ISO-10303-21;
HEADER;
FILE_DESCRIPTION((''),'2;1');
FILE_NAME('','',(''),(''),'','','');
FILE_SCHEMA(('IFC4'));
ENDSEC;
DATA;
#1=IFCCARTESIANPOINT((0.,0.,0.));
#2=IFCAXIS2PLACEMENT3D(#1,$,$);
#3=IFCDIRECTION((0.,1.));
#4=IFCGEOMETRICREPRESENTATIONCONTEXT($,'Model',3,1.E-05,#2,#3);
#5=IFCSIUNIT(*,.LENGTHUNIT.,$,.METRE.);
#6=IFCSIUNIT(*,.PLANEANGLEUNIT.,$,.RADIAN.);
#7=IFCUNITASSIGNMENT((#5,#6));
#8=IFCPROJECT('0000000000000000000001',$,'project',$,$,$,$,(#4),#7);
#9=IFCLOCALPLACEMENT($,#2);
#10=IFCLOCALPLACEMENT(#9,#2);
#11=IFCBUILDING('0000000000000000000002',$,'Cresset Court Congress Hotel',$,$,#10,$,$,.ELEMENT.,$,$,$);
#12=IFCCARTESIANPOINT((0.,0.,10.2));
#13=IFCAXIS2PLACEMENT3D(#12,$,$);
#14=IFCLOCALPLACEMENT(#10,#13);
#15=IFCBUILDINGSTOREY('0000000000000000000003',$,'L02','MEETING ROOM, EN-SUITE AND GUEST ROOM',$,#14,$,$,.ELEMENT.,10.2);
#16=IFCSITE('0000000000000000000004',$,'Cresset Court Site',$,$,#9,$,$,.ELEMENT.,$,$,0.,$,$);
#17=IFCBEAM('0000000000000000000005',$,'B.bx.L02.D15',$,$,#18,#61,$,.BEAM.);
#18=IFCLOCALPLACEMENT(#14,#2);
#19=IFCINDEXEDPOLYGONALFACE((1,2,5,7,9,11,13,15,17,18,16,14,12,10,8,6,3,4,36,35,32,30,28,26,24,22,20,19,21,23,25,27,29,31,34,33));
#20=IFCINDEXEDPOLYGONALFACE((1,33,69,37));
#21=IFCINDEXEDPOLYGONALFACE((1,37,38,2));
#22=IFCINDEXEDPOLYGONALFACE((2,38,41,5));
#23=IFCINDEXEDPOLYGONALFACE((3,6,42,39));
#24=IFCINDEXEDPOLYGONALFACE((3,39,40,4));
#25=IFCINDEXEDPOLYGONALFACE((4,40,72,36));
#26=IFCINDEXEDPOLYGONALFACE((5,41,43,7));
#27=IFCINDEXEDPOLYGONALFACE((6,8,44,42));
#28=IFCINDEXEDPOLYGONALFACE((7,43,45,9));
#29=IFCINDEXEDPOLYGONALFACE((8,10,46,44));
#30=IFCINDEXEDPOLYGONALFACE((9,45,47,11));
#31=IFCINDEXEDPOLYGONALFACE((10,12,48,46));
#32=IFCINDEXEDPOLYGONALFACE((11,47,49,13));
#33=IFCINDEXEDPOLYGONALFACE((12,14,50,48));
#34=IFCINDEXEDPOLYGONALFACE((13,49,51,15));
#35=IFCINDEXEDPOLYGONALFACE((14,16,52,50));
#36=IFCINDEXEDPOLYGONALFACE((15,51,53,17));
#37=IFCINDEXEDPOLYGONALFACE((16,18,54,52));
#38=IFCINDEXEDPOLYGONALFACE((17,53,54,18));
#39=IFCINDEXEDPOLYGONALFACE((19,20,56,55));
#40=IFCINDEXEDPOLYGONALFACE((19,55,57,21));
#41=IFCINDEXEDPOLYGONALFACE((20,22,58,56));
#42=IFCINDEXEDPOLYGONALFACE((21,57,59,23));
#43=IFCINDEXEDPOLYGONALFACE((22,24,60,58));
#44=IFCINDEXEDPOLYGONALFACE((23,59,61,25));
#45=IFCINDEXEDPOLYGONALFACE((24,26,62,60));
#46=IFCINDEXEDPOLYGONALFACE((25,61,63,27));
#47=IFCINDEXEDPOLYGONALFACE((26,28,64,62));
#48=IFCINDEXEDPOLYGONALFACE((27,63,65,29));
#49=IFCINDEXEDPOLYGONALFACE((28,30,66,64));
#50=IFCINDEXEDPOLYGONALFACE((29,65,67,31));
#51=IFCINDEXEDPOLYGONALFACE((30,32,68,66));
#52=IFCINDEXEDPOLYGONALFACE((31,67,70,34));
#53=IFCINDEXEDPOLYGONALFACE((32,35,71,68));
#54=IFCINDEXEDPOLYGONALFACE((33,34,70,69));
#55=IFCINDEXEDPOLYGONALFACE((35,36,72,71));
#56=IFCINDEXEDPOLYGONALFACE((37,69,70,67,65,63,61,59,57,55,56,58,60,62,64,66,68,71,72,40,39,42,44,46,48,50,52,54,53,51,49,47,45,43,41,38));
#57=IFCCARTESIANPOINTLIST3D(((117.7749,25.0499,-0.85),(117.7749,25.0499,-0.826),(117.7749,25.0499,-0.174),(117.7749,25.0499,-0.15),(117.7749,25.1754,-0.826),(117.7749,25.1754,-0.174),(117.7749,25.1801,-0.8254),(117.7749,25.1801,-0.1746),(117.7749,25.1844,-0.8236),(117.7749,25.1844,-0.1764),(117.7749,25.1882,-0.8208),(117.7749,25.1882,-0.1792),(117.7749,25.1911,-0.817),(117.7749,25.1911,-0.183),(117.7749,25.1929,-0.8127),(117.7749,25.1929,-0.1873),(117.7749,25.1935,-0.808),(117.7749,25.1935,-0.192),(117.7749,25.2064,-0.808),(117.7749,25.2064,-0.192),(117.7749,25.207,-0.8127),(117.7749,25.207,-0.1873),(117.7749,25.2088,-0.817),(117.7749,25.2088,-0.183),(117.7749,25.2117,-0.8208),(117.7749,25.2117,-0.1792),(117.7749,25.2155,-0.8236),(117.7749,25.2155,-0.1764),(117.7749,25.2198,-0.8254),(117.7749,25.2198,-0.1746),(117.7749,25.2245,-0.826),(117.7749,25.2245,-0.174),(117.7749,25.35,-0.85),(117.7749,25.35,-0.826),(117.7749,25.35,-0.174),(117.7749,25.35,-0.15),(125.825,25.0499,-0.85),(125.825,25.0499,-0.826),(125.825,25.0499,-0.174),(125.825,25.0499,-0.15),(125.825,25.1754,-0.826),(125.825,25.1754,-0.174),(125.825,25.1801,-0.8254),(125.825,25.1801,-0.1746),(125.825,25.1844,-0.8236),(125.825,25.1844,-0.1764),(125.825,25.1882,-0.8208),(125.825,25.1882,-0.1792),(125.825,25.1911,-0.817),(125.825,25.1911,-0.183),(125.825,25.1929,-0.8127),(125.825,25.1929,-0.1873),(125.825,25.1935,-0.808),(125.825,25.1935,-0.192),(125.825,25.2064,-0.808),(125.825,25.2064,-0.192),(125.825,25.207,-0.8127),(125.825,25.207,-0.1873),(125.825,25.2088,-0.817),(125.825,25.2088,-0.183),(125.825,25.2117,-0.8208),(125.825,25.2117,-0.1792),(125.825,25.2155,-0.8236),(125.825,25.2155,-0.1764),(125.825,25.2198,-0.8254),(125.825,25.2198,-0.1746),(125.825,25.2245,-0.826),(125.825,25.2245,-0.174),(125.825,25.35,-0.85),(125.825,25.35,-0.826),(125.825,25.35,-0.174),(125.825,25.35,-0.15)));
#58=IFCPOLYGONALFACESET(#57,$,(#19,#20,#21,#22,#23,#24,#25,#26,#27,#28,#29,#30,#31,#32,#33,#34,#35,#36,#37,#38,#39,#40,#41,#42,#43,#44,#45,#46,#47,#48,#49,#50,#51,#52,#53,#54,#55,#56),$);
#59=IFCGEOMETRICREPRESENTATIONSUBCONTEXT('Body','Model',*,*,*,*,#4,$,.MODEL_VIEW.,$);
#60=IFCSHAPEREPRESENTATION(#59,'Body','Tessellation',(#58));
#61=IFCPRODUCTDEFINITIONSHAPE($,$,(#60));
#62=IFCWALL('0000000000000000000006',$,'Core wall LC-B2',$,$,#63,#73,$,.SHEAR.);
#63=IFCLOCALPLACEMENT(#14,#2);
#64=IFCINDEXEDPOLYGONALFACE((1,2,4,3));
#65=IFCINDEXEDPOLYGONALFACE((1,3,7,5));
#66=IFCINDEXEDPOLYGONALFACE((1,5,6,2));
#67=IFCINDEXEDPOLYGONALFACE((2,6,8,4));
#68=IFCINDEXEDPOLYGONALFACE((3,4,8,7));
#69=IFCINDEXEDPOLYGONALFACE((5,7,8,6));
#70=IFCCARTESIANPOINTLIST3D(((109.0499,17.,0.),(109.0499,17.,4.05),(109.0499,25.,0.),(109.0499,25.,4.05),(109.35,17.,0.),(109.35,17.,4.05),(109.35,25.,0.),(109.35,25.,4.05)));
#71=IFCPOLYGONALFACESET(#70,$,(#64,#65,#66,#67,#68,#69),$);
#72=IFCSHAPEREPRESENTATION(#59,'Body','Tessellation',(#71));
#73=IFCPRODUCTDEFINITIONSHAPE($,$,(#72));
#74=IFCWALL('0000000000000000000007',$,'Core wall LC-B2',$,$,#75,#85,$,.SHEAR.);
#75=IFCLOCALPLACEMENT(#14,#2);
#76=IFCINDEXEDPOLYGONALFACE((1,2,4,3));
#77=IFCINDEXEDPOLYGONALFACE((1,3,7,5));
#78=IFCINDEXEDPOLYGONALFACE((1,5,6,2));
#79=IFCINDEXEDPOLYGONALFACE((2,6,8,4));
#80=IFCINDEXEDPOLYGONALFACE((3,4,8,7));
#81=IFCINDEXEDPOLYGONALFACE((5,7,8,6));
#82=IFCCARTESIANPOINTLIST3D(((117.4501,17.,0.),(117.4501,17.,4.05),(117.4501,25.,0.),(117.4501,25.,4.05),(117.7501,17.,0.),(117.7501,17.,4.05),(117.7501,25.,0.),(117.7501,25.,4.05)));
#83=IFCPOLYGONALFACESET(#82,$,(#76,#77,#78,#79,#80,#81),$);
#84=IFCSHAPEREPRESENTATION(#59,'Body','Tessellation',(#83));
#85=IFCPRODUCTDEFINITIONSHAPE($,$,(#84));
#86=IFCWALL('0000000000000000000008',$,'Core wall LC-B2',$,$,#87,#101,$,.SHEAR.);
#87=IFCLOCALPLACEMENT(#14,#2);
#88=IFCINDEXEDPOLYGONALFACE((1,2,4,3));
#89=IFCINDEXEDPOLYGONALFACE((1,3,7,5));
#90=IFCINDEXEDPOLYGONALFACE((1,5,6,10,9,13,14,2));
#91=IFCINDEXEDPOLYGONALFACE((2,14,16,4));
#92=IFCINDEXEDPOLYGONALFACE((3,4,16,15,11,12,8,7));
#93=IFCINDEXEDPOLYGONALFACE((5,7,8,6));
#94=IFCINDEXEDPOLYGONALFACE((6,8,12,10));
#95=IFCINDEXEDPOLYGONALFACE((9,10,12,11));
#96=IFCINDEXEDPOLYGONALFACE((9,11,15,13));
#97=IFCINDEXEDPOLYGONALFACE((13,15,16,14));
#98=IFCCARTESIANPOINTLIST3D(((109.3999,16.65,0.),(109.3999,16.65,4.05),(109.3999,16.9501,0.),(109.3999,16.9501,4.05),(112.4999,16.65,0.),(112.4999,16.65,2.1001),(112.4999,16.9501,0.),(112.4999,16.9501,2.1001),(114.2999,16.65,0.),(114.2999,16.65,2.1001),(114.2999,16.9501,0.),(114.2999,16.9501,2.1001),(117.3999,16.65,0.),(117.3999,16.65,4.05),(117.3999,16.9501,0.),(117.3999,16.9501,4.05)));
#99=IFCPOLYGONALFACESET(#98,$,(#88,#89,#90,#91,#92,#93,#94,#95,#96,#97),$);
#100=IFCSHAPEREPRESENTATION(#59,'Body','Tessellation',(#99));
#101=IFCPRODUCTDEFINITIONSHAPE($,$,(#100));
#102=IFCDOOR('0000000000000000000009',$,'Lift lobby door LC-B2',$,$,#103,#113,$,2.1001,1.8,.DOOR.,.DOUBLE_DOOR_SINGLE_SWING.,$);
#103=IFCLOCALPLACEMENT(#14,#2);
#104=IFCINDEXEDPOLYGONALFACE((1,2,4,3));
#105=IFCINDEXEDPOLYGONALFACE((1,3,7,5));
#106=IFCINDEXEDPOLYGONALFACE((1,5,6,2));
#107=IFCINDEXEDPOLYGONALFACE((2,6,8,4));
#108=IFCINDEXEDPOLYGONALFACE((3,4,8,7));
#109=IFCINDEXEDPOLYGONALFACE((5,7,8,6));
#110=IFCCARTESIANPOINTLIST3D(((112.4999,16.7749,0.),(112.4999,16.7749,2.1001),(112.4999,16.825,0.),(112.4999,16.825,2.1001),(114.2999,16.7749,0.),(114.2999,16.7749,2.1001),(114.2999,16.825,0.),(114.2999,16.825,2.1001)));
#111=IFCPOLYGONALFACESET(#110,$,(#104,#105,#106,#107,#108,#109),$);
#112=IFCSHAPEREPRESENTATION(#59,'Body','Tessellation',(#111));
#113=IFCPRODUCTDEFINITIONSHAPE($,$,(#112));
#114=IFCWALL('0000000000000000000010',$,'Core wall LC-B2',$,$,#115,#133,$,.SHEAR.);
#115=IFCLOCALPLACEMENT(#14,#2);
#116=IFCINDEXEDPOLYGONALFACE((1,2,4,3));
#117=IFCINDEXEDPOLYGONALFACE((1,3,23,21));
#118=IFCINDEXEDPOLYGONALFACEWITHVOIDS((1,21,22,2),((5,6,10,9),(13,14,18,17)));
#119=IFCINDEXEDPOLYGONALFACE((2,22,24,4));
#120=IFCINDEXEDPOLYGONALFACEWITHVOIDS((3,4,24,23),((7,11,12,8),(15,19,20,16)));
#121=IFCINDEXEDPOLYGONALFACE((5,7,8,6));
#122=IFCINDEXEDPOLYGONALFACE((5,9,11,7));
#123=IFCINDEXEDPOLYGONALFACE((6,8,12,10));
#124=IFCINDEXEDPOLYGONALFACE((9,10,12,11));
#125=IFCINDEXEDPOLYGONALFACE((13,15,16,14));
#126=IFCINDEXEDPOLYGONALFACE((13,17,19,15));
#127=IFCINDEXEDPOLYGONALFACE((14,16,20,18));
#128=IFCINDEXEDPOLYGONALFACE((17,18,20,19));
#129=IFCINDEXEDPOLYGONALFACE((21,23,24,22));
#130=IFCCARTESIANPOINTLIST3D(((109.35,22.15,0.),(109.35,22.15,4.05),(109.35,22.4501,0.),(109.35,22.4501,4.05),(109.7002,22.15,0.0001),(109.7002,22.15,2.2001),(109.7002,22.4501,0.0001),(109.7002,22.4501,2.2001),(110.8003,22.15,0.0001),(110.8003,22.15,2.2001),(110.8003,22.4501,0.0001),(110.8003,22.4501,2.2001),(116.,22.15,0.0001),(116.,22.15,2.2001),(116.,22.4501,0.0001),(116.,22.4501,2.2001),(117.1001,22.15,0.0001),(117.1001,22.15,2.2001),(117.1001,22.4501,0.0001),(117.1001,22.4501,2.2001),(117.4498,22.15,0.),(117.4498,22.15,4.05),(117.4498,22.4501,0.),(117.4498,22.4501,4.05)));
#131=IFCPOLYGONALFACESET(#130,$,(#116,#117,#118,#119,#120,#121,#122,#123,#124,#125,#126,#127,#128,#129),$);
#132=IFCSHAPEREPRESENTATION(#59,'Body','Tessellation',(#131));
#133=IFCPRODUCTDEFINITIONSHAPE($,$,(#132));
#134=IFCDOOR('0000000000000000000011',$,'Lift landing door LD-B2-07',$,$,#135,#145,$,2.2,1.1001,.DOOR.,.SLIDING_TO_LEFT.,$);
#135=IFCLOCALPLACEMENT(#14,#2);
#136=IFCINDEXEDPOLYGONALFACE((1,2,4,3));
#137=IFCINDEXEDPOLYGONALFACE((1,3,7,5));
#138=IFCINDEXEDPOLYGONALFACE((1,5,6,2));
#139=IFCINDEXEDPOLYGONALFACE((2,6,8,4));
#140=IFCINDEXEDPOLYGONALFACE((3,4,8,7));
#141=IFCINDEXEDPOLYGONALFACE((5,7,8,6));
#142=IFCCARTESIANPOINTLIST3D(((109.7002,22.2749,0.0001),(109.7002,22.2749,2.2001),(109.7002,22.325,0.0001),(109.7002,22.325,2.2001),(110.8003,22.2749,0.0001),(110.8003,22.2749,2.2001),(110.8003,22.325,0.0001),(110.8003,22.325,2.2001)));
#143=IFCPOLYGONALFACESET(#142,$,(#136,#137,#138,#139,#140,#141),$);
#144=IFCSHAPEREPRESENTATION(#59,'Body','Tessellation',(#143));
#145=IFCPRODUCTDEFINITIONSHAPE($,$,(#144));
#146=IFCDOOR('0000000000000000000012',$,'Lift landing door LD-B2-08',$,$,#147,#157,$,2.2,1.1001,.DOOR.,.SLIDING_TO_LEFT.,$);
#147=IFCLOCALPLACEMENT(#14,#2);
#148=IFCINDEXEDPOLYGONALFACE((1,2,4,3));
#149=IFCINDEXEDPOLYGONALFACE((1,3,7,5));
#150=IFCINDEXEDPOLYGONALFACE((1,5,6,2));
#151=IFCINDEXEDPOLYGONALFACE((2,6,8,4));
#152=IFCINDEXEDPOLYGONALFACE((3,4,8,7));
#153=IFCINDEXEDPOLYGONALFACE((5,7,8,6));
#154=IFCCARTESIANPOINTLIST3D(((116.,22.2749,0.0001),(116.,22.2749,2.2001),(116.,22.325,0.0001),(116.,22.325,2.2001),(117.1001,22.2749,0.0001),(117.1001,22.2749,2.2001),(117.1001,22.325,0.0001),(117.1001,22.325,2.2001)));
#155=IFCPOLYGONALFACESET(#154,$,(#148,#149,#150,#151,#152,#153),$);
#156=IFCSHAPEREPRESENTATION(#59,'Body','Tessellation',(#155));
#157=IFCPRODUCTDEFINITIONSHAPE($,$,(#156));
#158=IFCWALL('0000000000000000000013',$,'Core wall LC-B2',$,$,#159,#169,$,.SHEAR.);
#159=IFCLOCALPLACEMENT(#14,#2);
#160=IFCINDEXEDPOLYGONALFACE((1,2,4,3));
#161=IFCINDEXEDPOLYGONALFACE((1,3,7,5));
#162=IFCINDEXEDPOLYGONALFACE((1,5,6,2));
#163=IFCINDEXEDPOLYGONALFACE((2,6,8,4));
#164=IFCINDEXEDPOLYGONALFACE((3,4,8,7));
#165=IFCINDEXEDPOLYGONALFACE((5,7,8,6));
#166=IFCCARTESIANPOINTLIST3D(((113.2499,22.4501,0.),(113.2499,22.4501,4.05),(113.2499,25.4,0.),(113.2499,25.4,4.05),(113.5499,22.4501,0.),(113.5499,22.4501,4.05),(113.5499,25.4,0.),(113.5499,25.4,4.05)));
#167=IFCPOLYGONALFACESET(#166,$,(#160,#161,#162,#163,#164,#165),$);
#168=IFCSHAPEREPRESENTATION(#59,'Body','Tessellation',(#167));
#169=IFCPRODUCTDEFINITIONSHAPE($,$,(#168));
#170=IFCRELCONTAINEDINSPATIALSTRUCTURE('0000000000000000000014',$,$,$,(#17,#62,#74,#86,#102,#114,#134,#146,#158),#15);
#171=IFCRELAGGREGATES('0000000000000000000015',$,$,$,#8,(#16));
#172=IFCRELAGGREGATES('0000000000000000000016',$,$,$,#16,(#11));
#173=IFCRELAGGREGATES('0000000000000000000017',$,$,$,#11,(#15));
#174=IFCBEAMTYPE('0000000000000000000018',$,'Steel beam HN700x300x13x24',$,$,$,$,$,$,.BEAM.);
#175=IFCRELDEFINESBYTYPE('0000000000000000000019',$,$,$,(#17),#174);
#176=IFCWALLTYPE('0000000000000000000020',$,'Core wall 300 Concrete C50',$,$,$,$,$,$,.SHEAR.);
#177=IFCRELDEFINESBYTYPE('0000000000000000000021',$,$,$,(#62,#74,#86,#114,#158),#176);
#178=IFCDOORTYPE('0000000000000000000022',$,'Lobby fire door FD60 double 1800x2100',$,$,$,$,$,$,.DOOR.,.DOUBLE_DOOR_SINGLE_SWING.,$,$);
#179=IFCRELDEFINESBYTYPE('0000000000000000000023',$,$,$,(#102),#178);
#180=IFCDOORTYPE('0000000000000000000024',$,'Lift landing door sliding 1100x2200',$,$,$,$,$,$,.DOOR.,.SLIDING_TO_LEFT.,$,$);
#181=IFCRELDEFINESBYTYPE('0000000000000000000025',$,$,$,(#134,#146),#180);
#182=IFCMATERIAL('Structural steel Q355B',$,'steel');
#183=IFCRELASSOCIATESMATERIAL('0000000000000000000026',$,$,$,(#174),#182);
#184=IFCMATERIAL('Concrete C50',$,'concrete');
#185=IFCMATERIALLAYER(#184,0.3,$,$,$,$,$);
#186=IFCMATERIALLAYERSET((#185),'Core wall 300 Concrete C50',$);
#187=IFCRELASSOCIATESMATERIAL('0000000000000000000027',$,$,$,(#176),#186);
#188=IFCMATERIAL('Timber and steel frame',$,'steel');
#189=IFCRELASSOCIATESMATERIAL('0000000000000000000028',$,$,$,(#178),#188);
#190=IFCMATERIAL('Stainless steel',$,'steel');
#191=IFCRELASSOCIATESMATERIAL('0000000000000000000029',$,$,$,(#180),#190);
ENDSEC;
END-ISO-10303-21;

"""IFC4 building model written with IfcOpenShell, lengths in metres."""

from ifc_helpers import new_model, si_unit, direction, frame, frame_2d, origin, origin_2d, place, context, subcontext, project, spatial, rectangle, i_section, extrude, material, layer, layer_set, material_profile, profile_set, type_object, element, fill, save


model = new_model("IFC4")

# Units and contexts
model_context = context("Model", 3, precision=1e-05, world=origin(), true_north=direction((0.0, 1.0)))
body_context = subcontext(model_context, "Body", "Model", "MODEL_VIEW")
ifc_project = project(units=[si_unit("LENGTHUNIT", "METRE"), si_unit("PLANEANGLEUNIT", "RADIAN")], contexts=[model_context])

# Site, building, storey
site_placement = place(None, origin())
site = spatial("IfcSite", under=ifc_project, at=site_placement, Name="Cresset Court Site", CompositionType="ELEMENT", RefElevation=0.0)
building_placement = place(site_placement, origin())
building = spatial("IfcBuilding", under=site, at=building_placement, Name="Cresset Court Congress Hotel", CompositionType="ELEMENT")
storey_placement = place(building_placement, frame((0.0, 0.0, 10.2)))
storey = spatial("IfcBuildingStorey", under=building, at=storey_placement, Name="L02", Description="MEETING ROOM, EN-SUITE AND GUEST ROOM", CompositionType="ELEMENT", Elevation=10.2)

# Beam
ifc_material_1 = material(Name="Structural steel Q355B", Category="steel")
ifc_material_profile_1 = material_profile(ifc_material_1, i_section(OverallWidth=0.3, OverallDepth=0.7, WebThickness=0.0129, FlangeThickness=0.0239, FilletRadius=0.0181, at=origin_2d()), Name="HN700x300x13x24")
ifc_profile_set_1 = profile_set([ifc_material_profile_1], Name="Structural steel Q355B")
beam_type = type_object("IfcBeamType", Name="Steel beam HN700x300x13x24", PredefinedType="BEAM", material=ifc_profile_set_1)
for number, where, z_axis, x_axis, name in (
    (1, (117.7749, 25.2, -0.5), (1.0, 0.0, 0.0), (0.0, 1.0, 0.0), "B.bx.L02.D15"),
):
    element("IfcBeam", number, at=place(storey_placement, frame(where, z_axis=z_axis, x_axis=x_axis)), inside=storey, type_object=beam_type, Name=name, PredefinedType="BEAM", context=body_context, shape_type="SweptSolid", body=[
        extrude(i_section(OverallWidth=0.3, OverallDepth=0.7, WebThickness=0.0129, FlangeThickness=0.0239, FilletRadius=0.0181, at=origin_2d()), origin(), (0.0, 0.0, 1.0), 8.05),
    ])

# Walls
ifc_material_2 = material(Name="Concrete C50", Category="concrete")
ifc_layer_1 = layer(ifc_material_2, 0.3)
ifc_layer_set_1 = layer_set([ifc_layer_1], Name="Core wall 300 Concrete C50")
wall_type_1 = type_object("IfcWallType", Name="Core wall 300 Concrete C50", PredefinedType="SHEAR", material=ifc_layer_set_1)
for number, where, z_axis, x_axis, name in (
    (2, (109.2, 17.0, 0.0), (0.0, 0.0, 1.0), (0.0, 1.0, 0.0), "Core wall LC-B2"),
    (3, (117.6001, 17.0, 0.0), (0.0, 0.0, 1.0), (0.0, 1.0, 0.0), "Core wall LC-B2"),
):
    element("IfcWall", number, at=place(storey_placement, frame(where, z_axis=z_axis, x_axis=x_axis)), inside=storey, type_object=wall_type_1, Name=name, PredefinedType="SHEAR", context=body_context, shape_type="SweptSolid", body=[
        extrude(rectangle(XDim=8.0, YDim=0.3, at=frame_2d((4.0, 0.0))), origin(), (0.0, 0.0, 1.0), 4.05),
    ])

# Wall, opening, door
wall_1_placement = place(storey_placement, frame((109.3999, 16.8, 0.0), z_axis=(0.0, 0.0, 1.0), x_axis=(1.0, 0.0, 0.0)))
wall_1 = element("IfcWall", 4, at=wall_1_placement, inside=storey, type_object=wall_type_1, Name="Core wall LC-B2", PredefinedType="SHEAR", context=body_context, shape_type="SweptSolid", body=[
    extrude(rectangle(XDim=8.0, YDim=0.3, at=frame_2d((4.0, 0.0))), origin(), (0.0, 0.0, 1.0), 4.05),
])
opening_1_placement = place(wall_1_placement, frame((3.1001, 0.0, 0.0)))
opening_1 = element("IfcOpeningElement", 5, at=opening_1_placement, cuts=wall_1, PredefinedType="OPENING", context=body_context, shape_type="SweptSolid", body=[
    extrude(rectangle(XDim=1.8, YDim=2.1001, at=frame_2d((0.8999, 1.05))), frame((0.0, 0.1599, 0.0), z_axis=(0.0, -1.0, 0.0), x_axis=(1.0, 0.0, 0.0)), (0.0, 0.0, 1.0), 0.3201),
])
ifc_material_3 = material(Name="Timber and steel frame", Category="steel")
door_type_1 = type_object("IfcDoorType", Name="Lobby fire door FD60 double 1800x2100", OperationType="DOUBLE_DOOR_SINGLE_SWING", PredefinedType="DOOR", material=ifc_material_3)
door_1_placement = place(opening_1_placement, origin())
door_1 = element("IfcDoor", 6, at=door_1_placement, inside=storey, type_object=door_type_1, Name="Lift lobby door LC-B2", OperationType="DOUBLE_DOOR_SINGLE_SWING", OverallHeight=2.1001, OverallWidth=1.8, PredefinedType="DOOR", context=body_context, shape_type="SweptSolid", body=[
    extrude(rectangle(XDim=1.8, YDim=2.1001, at=frame_2d((0.8999, 1.05))), frame((0.0, 0.0249, 0.0), z_axis=(0.0, -1.0, 0.0), x_axis=(1.0, 0.0, 0.0)), (0.0, 0.0, 1.0), 0.05),
])
fill(opening_1, door_1)

# Wall, openings, doors
wall_2_placement = place(storey_placement, frame((109.3501, 22.3, 0.0), z_axis=(0.0, 0.0, 1.0), x_axis=(1.0, 0.0, 0.0)))
wall_2 = element("IfcWall", 7, at=wall_2_placement, inside=storey, type_object=wall_type_1, Name="Core wall LC-B2", PredefinedType="SHEAR", context=body_context, shape_type="SweptSolid", body=[
    extrude(rectangle(XDim=8.0999, YDim=0.3, at=frame_2d((4.0498, 0.0))), origin(), (0.0, 0.0, 1.0), 4.05),
])
opening_2_placement = place(wall_2_placement, frame((0.3501, 0.0, 0.0)))
opening_2 = element("IfcOpeningElement", 8, at=opening_2_placement, cuts=wall_2, PredefinedType="OPENING", context=body_context, shape_type="SweptSolid", body=[
    extrude(rectangle(XDim=1.1001, YDim=2.2, at=frame_2d((0.55, 1.1001))), frame((0.0, 0.1599, 0.0), z_axis=(0.0, -1.0, 0.0), x_axis=(1.0, 0.0, 0.0)), (0.0, 0.0, 1.0), 0.3201),
])
opening_3_placement = place(wall_2_placement, frame((6.6499, 0.0, 0.0)))
opening_3 = element("IfcOpeningElement", 9, at=opening_3_placement, cuts=wall_2, PredefinedType="OPENING", context=body_context, shape_type="SweptSolid", body=[
    extrude(rectangle(XDim=1.1001, YDim=2.2, at=frame_2d((0.55, 1.1001))), frame((0.0, 0.1599, 0.0), z_axis=(0.0, -1.0, 0.0), x_axis=(1.0, 0.0, 0.0)), (0.0, 0.0, 1.0), 0.3201),
])
ifc_material_4 = material(Name="Stainless steel", Category="steel")
door_type_2 = type_object("IfcDoorType", Name="Lift landing door sliding 1100x2200", OperationType="SLIDING_TO_LEFT", PredefinedType="DOOR", material=ifc_material_4)
door_2_placement = place(opening_2_placement, origin())
door_2 = element("IfcDoor", 10, at=door_2_placement, inside=storey, type_object=door_type_2, Name="Lift landing door LD-B2-07", OperationType="SLIDING_TO_LEFT", OverallHeight=2.2, OverallWidth=1.1001, PredefinedType="DOOR", context=body_context, shape_type="SweptSolid", body=[
    extrude(rectangle(XDim=1.1001, YDim=2.2, at=frame_2d((0.55, 1.1001))), frame((0.0, 0.0249, 0.0), z_axis=(0.0, -1.0, 0.0), x_axis=(1.0, 0.0, 0.0)), (0.0, 0.0, 1.0), 0.05),
])
fill(opening_2, door_2)
door_3_placement = place(opening_3_placement, origin())
door_3 = element("IfcDoor", 11, at=door_3_placement, inside=storey, type_object=door_type_2, Name="Lift landing door LD-B2-08", OperationType="SLIDING_TO_LEFT", OverallHeight=2.2, OverallWidth=1.1001, PredefinedType="DOOR", context=body_context, shape_type="SweptSolid", body=[
    extrude(rectangle(XDim=1.1001, YDim=2.2, at=frame_2d((0.55, 1.1001))), frame((0.0, 0.0249, 0.0), z_axis=(0.0, -1.0, 0.0), x_axis=(1.0, 0.0, 0.0)), (0.0, 0.0, 1.0), 0.05),
])
fill(opening_3, door_3)

# Wall
wall_3_placement = place(storey_placement, frame((113.3999, 22.45, 0.0), z_axis=(0.0, 0.0, 1.0), x_axis=(0.0, 1.0, 0.0)))
element("IfcWall", 12, at=wall_3_placement, inside=storey, type_object=wall_type_1, Name="Core wall LC-B2", PredefinedType="SHEAR", context=body_context, shape_type="SweptSolid", body=[
    extrude(rectangle(XDim=2.95, YDim=0.3, at=frame_2d((1.4751, 0.0))), origin(), (0.0, 0.0, 1.0), 4.05),
])

save(model, "model.ifc")
